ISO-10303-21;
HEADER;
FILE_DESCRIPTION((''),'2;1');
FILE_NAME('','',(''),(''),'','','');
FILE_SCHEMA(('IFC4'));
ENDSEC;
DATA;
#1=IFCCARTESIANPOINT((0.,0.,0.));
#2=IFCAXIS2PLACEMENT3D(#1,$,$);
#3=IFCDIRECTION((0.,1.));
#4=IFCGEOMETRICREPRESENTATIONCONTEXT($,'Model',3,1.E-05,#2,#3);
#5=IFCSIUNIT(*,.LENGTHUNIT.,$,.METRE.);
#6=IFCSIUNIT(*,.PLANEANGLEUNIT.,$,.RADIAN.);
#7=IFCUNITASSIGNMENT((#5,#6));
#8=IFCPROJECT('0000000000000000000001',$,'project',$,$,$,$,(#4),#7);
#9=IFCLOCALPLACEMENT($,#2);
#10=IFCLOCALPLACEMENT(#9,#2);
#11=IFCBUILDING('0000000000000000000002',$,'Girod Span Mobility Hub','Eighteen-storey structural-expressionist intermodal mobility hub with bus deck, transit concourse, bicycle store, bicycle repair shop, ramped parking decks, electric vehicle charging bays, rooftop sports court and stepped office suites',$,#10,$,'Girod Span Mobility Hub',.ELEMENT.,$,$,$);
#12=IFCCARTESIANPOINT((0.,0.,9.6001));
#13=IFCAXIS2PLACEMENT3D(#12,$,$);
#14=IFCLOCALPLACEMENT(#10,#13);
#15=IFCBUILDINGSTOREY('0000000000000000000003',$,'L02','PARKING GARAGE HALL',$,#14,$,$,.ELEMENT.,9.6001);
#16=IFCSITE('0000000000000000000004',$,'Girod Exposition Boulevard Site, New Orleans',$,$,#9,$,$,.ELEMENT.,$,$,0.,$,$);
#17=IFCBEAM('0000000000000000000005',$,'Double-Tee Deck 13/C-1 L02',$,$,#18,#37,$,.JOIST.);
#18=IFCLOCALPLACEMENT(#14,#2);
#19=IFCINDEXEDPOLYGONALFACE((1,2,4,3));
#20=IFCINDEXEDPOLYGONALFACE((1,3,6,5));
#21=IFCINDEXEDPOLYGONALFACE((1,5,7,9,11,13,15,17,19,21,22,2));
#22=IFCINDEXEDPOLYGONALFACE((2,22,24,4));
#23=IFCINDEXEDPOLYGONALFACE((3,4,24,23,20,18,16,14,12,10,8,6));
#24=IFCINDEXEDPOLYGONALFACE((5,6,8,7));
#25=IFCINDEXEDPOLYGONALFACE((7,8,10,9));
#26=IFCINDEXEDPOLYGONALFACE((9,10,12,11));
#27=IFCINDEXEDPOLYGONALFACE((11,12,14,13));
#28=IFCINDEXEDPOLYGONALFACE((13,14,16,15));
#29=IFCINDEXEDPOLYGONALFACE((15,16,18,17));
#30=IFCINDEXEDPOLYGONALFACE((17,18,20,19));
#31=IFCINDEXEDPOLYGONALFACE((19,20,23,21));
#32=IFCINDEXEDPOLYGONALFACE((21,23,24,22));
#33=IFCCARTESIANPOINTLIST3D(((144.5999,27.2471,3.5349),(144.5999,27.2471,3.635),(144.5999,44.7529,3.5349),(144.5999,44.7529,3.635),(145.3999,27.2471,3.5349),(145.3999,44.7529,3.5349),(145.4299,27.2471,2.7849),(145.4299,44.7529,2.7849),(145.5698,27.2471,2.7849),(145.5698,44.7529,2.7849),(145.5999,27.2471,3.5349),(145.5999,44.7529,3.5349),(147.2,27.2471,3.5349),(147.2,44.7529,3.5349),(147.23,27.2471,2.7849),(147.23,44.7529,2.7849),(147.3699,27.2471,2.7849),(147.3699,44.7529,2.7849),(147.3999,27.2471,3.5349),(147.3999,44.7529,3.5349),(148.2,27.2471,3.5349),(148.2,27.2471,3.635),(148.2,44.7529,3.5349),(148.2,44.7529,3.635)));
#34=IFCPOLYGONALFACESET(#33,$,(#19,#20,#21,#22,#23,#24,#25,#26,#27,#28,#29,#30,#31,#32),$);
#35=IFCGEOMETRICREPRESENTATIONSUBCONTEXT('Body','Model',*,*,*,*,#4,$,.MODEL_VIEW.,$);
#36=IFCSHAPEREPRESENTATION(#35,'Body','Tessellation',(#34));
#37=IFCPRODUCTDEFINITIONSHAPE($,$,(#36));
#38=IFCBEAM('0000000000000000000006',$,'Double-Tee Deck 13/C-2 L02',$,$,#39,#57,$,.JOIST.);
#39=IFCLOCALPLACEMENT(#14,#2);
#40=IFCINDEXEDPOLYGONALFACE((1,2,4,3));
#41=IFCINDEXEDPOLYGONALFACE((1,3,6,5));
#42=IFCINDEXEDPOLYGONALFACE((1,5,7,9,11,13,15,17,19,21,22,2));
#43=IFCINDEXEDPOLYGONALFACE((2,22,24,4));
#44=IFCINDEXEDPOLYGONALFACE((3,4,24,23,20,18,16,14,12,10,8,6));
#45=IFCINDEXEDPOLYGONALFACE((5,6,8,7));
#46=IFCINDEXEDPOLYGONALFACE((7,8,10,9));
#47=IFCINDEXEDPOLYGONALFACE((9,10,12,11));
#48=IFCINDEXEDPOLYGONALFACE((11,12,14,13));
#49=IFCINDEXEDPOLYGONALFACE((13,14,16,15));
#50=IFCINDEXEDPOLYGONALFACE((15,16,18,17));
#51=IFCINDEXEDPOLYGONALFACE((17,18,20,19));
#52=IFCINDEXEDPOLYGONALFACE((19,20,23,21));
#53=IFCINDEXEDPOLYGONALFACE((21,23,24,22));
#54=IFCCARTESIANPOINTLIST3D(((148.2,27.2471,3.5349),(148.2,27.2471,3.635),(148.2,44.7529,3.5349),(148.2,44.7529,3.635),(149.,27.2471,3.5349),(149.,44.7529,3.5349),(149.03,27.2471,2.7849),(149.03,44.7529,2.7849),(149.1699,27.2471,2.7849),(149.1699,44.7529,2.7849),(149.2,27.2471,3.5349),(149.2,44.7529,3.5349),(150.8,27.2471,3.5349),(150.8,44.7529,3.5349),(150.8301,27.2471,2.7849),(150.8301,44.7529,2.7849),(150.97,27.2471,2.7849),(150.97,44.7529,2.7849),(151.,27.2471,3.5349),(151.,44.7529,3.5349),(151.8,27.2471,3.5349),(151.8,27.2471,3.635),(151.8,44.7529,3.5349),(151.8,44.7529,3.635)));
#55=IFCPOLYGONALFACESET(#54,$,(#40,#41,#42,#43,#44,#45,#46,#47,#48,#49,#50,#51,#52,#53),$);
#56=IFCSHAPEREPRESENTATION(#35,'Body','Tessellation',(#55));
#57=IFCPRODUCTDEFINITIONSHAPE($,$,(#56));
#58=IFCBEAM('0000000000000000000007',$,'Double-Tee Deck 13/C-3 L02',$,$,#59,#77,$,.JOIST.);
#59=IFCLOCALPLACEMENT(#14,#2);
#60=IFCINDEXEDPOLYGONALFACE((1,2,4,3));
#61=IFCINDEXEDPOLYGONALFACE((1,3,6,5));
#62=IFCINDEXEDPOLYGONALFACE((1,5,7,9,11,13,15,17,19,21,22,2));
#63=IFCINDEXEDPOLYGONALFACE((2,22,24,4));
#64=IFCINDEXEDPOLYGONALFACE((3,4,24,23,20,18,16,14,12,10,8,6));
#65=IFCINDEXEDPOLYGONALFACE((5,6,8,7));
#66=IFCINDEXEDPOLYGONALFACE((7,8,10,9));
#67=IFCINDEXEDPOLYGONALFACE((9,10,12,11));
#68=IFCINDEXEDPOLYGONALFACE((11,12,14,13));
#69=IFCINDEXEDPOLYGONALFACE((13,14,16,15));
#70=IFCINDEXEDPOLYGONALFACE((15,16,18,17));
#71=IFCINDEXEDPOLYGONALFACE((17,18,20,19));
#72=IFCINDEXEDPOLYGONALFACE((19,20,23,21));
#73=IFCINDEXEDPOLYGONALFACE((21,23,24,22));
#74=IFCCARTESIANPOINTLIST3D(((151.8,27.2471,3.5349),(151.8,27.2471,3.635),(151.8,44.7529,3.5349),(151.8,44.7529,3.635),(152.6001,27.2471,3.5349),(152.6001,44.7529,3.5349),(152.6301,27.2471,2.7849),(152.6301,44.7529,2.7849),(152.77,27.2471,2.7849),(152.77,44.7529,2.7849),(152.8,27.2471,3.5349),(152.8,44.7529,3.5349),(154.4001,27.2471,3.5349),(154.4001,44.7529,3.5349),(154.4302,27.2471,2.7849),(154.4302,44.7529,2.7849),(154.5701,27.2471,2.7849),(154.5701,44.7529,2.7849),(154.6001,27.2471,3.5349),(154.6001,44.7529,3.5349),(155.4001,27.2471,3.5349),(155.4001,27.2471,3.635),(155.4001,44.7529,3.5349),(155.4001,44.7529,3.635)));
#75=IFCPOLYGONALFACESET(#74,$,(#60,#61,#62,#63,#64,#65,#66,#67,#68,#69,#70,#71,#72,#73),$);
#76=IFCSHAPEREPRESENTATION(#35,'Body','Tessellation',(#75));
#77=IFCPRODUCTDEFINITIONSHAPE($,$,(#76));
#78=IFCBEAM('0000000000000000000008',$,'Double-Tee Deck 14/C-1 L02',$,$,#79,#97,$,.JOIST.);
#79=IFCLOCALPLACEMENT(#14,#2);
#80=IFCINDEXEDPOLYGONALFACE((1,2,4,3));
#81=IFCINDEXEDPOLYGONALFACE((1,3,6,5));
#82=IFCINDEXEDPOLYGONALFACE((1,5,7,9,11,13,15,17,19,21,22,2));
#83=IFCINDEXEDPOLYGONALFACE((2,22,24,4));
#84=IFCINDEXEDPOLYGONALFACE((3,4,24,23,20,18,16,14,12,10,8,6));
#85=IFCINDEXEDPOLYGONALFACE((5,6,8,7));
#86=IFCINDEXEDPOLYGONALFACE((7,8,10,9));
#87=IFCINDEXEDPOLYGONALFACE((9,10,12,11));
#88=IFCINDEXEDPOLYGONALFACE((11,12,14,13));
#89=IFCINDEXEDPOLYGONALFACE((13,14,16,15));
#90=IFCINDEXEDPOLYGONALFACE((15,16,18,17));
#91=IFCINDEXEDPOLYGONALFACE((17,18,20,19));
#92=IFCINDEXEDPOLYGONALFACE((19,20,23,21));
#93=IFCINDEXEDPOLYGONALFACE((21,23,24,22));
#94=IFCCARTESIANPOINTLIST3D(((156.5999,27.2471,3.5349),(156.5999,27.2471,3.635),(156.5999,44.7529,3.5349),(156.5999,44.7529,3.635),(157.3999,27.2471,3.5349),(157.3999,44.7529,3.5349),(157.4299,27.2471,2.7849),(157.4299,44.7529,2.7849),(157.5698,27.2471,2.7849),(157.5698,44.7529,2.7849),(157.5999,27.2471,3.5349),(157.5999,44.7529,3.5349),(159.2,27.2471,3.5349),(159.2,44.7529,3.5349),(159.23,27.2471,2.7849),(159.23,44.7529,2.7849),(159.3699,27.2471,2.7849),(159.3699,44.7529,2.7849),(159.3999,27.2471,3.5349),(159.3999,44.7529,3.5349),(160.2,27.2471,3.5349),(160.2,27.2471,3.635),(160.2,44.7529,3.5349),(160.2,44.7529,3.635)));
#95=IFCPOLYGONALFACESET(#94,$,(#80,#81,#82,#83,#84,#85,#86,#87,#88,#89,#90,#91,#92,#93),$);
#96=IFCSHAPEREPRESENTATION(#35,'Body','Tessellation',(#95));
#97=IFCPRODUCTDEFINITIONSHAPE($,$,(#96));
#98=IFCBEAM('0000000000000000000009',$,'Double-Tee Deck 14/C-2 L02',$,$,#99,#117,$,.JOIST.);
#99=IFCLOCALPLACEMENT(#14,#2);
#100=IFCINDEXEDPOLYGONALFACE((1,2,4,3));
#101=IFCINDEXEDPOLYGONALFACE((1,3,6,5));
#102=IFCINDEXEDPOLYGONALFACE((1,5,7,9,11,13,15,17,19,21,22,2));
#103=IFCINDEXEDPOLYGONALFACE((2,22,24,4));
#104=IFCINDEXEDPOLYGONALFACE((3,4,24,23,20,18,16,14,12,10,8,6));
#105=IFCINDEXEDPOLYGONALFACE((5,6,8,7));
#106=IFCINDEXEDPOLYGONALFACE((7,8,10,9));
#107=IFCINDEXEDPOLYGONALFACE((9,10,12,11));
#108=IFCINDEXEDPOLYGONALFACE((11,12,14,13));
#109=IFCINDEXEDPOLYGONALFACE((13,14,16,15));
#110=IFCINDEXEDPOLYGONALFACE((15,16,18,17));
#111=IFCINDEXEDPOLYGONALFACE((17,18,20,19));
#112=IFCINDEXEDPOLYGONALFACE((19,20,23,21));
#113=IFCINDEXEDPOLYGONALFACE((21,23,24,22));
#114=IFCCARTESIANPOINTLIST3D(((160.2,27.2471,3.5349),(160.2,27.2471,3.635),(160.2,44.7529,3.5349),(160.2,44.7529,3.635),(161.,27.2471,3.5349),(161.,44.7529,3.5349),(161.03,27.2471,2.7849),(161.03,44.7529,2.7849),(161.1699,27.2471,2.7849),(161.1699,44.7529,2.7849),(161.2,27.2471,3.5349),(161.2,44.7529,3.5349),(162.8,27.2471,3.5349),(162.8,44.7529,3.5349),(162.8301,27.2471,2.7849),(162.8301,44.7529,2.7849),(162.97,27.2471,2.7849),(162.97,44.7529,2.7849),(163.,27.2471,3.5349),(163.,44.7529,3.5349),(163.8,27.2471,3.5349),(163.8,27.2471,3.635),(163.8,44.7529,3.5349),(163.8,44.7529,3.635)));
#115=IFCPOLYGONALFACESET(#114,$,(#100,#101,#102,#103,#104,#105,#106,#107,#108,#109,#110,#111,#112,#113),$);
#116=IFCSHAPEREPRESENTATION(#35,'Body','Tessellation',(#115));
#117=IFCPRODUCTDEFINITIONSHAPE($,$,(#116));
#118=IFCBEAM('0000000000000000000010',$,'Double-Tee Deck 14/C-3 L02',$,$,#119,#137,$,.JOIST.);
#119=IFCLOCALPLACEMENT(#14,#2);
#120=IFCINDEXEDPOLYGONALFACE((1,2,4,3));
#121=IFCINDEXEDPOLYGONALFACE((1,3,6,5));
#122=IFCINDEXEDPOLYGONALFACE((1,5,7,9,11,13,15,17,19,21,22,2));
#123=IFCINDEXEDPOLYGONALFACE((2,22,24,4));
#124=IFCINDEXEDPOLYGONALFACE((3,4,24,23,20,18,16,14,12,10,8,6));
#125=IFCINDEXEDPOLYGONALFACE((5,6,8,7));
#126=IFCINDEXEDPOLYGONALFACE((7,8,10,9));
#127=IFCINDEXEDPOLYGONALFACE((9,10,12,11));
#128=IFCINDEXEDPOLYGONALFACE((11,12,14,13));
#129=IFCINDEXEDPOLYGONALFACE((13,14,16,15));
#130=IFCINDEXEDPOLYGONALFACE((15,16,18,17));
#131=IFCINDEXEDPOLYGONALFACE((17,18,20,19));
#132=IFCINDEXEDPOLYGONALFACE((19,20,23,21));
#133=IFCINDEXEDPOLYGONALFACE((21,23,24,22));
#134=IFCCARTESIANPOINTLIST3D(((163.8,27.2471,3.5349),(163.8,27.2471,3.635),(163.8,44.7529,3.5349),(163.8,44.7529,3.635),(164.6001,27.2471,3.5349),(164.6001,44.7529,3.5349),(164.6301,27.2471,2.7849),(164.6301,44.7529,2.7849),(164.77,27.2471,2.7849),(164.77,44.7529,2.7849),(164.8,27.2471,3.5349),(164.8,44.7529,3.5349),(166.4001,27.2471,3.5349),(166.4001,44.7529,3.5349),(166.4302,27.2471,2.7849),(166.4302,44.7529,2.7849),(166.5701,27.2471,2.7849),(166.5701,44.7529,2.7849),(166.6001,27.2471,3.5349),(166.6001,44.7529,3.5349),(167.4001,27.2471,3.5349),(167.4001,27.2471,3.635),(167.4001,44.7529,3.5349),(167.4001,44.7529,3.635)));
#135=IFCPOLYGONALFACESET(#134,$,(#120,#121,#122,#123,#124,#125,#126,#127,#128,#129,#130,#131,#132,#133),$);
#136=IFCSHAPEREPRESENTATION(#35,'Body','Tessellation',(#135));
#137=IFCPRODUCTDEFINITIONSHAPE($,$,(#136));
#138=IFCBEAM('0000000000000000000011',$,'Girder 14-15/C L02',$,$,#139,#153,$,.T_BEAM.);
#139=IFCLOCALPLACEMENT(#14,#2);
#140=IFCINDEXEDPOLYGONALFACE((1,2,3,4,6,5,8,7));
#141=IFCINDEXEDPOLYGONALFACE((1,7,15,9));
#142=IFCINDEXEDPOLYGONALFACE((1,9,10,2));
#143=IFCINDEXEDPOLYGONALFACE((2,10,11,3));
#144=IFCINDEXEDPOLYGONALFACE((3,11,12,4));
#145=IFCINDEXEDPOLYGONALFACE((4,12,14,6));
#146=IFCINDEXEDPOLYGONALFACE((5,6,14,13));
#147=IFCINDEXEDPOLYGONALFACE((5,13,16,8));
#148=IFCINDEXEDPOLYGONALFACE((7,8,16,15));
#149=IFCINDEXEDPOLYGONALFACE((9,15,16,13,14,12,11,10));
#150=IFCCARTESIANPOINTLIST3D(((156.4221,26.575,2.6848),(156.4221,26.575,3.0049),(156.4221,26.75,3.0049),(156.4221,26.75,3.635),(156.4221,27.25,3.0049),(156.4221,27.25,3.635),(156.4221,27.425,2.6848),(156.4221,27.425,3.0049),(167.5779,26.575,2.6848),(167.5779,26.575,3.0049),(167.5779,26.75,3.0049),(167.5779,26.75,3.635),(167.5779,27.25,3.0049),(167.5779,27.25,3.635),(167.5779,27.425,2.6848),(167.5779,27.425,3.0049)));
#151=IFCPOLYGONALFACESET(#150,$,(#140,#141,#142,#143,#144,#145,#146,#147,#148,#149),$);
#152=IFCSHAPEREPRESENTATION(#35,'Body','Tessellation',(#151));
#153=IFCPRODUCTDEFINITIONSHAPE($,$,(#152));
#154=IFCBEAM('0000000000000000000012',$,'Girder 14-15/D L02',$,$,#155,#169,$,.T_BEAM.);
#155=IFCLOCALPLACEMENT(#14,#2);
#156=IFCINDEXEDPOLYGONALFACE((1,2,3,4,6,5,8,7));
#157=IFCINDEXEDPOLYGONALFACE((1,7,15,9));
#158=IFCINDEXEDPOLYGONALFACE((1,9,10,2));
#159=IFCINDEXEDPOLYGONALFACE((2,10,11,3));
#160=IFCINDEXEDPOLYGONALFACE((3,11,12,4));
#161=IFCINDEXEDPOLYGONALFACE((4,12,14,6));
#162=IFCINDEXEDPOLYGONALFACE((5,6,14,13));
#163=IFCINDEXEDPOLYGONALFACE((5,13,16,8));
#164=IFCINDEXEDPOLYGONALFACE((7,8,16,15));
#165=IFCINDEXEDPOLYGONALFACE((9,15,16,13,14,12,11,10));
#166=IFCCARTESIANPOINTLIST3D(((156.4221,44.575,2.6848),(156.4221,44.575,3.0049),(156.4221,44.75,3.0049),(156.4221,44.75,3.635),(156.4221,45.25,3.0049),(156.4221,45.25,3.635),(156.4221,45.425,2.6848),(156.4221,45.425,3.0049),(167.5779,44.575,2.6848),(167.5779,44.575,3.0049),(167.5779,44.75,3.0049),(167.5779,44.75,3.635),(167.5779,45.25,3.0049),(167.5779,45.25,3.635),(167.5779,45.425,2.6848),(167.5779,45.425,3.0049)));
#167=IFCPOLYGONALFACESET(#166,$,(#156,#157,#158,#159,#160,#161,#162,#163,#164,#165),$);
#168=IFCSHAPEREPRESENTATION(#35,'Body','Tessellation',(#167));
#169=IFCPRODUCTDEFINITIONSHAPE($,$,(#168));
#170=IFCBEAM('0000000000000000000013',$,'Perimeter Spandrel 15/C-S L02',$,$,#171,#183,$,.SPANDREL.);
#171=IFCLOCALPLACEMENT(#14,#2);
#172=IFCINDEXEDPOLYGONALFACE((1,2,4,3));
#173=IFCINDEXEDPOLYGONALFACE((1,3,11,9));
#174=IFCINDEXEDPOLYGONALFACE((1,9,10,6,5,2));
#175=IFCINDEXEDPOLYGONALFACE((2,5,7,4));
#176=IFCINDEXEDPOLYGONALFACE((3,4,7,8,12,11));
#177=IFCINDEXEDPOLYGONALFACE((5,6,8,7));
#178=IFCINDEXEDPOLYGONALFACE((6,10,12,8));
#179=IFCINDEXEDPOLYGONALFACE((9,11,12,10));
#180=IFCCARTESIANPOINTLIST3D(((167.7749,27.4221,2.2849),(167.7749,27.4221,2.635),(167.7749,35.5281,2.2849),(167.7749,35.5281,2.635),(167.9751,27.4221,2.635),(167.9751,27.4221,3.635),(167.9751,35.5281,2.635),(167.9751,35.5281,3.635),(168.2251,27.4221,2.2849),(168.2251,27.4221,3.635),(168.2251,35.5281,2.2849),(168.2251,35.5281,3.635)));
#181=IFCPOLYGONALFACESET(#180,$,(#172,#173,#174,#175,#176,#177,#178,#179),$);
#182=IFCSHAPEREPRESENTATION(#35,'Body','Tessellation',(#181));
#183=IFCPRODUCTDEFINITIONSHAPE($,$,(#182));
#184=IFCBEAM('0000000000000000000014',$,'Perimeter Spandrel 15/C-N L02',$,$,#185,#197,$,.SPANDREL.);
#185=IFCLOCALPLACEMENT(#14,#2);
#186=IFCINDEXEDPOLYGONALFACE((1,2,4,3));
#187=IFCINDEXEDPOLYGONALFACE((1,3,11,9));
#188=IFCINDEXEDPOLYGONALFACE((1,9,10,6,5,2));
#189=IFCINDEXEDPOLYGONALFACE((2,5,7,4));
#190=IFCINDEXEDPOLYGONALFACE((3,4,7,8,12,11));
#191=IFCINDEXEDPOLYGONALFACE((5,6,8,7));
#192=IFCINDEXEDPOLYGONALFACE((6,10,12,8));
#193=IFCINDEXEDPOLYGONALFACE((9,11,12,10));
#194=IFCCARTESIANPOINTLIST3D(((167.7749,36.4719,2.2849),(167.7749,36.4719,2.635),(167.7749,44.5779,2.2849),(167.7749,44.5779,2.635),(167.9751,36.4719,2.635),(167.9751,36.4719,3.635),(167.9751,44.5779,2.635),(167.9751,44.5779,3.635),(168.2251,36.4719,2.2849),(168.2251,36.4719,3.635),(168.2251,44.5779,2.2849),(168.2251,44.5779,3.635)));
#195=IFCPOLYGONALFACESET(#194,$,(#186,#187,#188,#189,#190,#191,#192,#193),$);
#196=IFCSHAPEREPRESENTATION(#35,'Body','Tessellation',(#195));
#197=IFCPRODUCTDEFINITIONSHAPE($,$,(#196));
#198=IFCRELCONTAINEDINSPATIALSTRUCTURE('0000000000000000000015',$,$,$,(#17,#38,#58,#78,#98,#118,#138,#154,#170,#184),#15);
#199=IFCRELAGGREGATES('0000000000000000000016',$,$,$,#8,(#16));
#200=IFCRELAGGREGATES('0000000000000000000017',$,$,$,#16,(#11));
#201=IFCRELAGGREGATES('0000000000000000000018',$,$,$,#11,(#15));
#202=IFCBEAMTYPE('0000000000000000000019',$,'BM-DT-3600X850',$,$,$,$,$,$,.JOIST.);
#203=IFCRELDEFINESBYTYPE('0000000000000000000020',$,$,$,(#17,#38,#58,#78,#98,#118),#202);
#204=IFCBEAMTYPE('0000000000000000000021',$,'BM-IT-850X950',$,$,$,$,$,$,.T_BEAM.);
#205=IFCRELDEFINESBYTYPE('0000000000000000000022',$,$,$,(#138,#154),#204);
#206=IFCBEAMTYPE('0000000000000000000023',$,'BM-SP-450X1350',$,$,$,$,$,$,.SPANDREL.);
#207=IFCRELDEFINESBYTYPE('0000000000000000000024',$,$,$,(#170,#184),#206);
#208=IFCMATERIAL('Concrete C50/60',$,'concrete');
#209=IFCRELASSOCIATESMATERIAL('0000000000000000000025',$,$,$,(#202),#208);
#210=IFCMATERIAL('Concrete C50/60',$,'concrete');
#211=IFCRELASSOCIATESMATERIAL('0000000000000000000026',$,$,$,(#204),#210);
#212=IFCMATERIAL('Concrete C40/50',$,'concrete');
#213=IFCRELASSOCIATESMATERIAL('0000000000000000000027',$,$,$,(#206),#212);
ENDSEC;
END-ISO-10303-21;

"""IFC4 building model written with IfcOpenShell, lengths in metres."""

from ifc_helpers import new_model, si_unit, direction, frame, origin, place, context, subcontext, project, spatial, polyline, outline, extrude, material, material_profile, profile_set, type_object, element, save


model = new_model("IFC4")

# Units and contexts
model_context = context("Model", 3, precision=1e-05, world=origin(), true_north=direction((0.0, 1.0)))
body_context = subcontext(model_context, "Body", "Model", "MODEL_VIEW")
ifc_project = project(units=[si_unit("LENGTHUNIT", "METRE"), si_unit("PLANEANGLEUNIT", "RADIAN")], contexts=[model_context])

# Site, building, storey
site_placement = place(None, origin())
site = spatial("IfcSite", under=ifc_project, at=site_placement, Name="Girod Exposition Boulevard Site, New Orleans", CompositionType="ELEMENT", RefElevation=0.0)
building_placement = place(site_placement, origin())
building = spatial("IfcBuilding", under=site, at=building_placement, Name="Girod Span Mobility Hub", Description="Eighteen-storey structural-expressionist intermodal mobility hub with bus deck, transit concourse, bicycle store, bicycle repair shop, ramped parking decks, electric vehicle charging bays, rooftop sports court and stepped office suites", LongName="Girod Span Mobility Hub", CompositionType="ELEMENT")
storey_placement = place(building_placement, frame((0.0, 0.0, 9.6001)))
storey = spatial("IfcBuildingStorey", under=building, at=storey_placement, Name="L02", Description="PARKING GARAGE HALL", CompositionType="ELEMENT", Elevation=9.6001)

# Beams
ifc_material_1 = material(Name="Concrete C50/60", Category="concrete")
ifc_material_profile_1 = material_profile(ifc_material_1, outline(polyline([(-1.8, 0.425), (-1.8, 0.325), (-1.0, 0.325), (-0.97, -0.425), (-0.8301, -0.425), (-0.8, 0.325), (0.8, 0.325), (0.8301, -0.425), (0.97, -0.425), (1.0, 0.325), (1.8, 0.325), (1.8, 0.425), (-1.8, 0.425)])), Name="DT-3600X850")
ifc_profile_set_1 = profile_set([ifc_material_profile_1], Name="Concrete C50/60")
beam_type_1 = type_object("IfcBeamType", Name="BM-DT-3600X850", PredefinedType="JOIST", material=ifc_profile_set_1)
for number, where, z_axis, x_axis, name in (
    (1, (146.3999, 27.2471, 3.21), (0.0, 1.0, 0.0), (-1.0, 0.0, 0.0), "Double-Tee Deck 13/C-1 L02"),
    (2, (150.0, 27.2471, 3.21), (0.0, 1.0, 0.0), (-1.0, 0.0, 0.0), "Double-Tee Deck 13/C-2 L02"),
    (3, (153.6001, 27.2471, 3.21), (0.0, 1.0, 0.0), (-1.0, 0.0, 0.0), "Double-Tee Deck 13/C-3 L02"),
    (4, (158.3999, 27.2471, 3.21), (0.0, 1.0, 0.0), (-1.0, 0.0, 0.0), "Double-Tee Deck 14/C-1 L02"),
    (5, (162.0, 27.2471, 3.21), (0.0, 1.0, 0.0), (-1.0, 0.0, 0.0), "Double-Tee Deck 14/C-2 L02"),
    (6, (165.6001, 27.2471, 3.21), (0.0, 1.0, 0.0), (-1.0, 0.0, 0.0), "Double-Tee Deck 14/C-3 L02"),
):
    element("IfcBeam", number, at=place(storey_placement, frame(where, z_axis=z_axis, x_axis=x_axis)), inside=storey, type_object=beam_type_1, Name=name, PredefinedType="JOIST", context=body_context, shape_type="SweptSolid", body=[
        extrude(outline(polyline([(-1.8, 0.425), (-1.8, 0.325), (-1.0, 0.325), (-0.97, -0.425), (-0.8301, -0.425), (-0.8, 0.325), (0.8, 0.325), (0.8301, -0.425), (0.97, -0.425), (1.0, 0.325), (1.8, 0.325), (1.8, 0.425), (-1.8, 0.425)])), origin(), (0.0, 0.0, 1.0), 17.5059),
    ])
ifc_material_2 = material(Name="Concrete C50/60", Category="concrete")
ifc_material_profile_2 = material_profile(ifc_material_2, outline(polyline([(-0.425, -0.4751), (0.425, -0.4751), (0.425, -0.155), (0.25, -0.155), (0.25, 0.4751), (-0.25, 0.4751), (-0.25, -0.155), (-0.425, -0.155), (-0.425, -0.4751)])), Name="IT-850X950")
ifc_profile_set_2 = profile_set([ifc_material_profile_2], Name="Concrete C50/60")
beam_type_2 = type_object("IfcBeamType", Name="BM-IT-850X950", PredefinedType="T_BEAM", material=ifc_profile_set_2)
for number, where, z_axis, x_axis, name in (
    (7, (156.4221, 27.0, 3.1599), (1.0, 0.0, 0.0), (0.0, 1.0, 0.0), "Girder 14-15/C L02"),
    (8, (156.4221, 45.0, 3.1599), (1.0, 0.0, 0.0), (0.0, 1.0, 0.0), "Girder 14-15/D L02"),
):
    element("IfcBeam", number, at=place(storey_placement, frame(where, z_axis=z_axis, x_axis=x_axis)), inside=storey, type_object=beam_type_2, Name=name, PredefinedType="T_BEAM", context=body_context, shape_type="SweptSolid", body=[
        extrude(outline(polyline([(-0.425, -0.4751), (0.425, -0.4751), (0.425, -0.155), (0.25, -0.155), (0.25, 0.4751), (-0.25, 0.4751), (-0.25, -0.155), (-0.425, -0.155), (-0.425, -0.4751)])), origin(), (0.0, 0.0, 1.0), 11.1558),
    ])
ifc_material_3 = material(Name="Concrete C40/50", Category="concrete")
ifc_material_profile_3 = material_profile(ifc_material_3, outline(polyline([(-0.2251, -0.675), (0.2251, -0.675), (0.2251, -0.325), (0.0249, -0.325), (0.0249, 0.675), (-0.2251, 0.675), (-0.2251, -0.675)])), Name="SP-450X1350")
ifc_profile_set_3 = profile_set([ifc_material_profile_3], Name="Concrete C40/50")
beam_type_3 = type_object("IfcBeamType", Name="BM-SP-450X1350", PredefinedType="SPANDREL", material=ifc_profile_set_3)
for number, where, z_axis, x_axis, name in (
    (9, (168.0, 27.4221, 2.96), (0.0, 1.0, 0.0), (-1.0, 0.0, 0.0), "Perimeter Spandrel 15/C-S L02"),
    (10, (168.0, 36.4719, 2.96), (0.0, 1.0, 0.0), (-1.0, 0.0, 0.0), "Perimeter Spandrel 15/C-N L02"),
):
    element("IfcBeam", number, at=place(storey_placement, frame(where, z_axis=z_axis, x_axis=x_axis)), inside=storey, type_object=beam_type_3, Name=name, PredefinedType="SPANDREL", context=body_context, shape_type="SweptSolid", body=[
        extrude(outline(polyline([(-0.2251, -0.675), (0.2251, -0.675), (0.2251, -0.325), (0.0249, -0.325), (0.0249, 0.675), (-0.2251, 0.675), (-0.2251, -0.675)])), origin(), (0.0, 0.0, 1.0), 8.106),
    ])

save(model, "model.ifc")
